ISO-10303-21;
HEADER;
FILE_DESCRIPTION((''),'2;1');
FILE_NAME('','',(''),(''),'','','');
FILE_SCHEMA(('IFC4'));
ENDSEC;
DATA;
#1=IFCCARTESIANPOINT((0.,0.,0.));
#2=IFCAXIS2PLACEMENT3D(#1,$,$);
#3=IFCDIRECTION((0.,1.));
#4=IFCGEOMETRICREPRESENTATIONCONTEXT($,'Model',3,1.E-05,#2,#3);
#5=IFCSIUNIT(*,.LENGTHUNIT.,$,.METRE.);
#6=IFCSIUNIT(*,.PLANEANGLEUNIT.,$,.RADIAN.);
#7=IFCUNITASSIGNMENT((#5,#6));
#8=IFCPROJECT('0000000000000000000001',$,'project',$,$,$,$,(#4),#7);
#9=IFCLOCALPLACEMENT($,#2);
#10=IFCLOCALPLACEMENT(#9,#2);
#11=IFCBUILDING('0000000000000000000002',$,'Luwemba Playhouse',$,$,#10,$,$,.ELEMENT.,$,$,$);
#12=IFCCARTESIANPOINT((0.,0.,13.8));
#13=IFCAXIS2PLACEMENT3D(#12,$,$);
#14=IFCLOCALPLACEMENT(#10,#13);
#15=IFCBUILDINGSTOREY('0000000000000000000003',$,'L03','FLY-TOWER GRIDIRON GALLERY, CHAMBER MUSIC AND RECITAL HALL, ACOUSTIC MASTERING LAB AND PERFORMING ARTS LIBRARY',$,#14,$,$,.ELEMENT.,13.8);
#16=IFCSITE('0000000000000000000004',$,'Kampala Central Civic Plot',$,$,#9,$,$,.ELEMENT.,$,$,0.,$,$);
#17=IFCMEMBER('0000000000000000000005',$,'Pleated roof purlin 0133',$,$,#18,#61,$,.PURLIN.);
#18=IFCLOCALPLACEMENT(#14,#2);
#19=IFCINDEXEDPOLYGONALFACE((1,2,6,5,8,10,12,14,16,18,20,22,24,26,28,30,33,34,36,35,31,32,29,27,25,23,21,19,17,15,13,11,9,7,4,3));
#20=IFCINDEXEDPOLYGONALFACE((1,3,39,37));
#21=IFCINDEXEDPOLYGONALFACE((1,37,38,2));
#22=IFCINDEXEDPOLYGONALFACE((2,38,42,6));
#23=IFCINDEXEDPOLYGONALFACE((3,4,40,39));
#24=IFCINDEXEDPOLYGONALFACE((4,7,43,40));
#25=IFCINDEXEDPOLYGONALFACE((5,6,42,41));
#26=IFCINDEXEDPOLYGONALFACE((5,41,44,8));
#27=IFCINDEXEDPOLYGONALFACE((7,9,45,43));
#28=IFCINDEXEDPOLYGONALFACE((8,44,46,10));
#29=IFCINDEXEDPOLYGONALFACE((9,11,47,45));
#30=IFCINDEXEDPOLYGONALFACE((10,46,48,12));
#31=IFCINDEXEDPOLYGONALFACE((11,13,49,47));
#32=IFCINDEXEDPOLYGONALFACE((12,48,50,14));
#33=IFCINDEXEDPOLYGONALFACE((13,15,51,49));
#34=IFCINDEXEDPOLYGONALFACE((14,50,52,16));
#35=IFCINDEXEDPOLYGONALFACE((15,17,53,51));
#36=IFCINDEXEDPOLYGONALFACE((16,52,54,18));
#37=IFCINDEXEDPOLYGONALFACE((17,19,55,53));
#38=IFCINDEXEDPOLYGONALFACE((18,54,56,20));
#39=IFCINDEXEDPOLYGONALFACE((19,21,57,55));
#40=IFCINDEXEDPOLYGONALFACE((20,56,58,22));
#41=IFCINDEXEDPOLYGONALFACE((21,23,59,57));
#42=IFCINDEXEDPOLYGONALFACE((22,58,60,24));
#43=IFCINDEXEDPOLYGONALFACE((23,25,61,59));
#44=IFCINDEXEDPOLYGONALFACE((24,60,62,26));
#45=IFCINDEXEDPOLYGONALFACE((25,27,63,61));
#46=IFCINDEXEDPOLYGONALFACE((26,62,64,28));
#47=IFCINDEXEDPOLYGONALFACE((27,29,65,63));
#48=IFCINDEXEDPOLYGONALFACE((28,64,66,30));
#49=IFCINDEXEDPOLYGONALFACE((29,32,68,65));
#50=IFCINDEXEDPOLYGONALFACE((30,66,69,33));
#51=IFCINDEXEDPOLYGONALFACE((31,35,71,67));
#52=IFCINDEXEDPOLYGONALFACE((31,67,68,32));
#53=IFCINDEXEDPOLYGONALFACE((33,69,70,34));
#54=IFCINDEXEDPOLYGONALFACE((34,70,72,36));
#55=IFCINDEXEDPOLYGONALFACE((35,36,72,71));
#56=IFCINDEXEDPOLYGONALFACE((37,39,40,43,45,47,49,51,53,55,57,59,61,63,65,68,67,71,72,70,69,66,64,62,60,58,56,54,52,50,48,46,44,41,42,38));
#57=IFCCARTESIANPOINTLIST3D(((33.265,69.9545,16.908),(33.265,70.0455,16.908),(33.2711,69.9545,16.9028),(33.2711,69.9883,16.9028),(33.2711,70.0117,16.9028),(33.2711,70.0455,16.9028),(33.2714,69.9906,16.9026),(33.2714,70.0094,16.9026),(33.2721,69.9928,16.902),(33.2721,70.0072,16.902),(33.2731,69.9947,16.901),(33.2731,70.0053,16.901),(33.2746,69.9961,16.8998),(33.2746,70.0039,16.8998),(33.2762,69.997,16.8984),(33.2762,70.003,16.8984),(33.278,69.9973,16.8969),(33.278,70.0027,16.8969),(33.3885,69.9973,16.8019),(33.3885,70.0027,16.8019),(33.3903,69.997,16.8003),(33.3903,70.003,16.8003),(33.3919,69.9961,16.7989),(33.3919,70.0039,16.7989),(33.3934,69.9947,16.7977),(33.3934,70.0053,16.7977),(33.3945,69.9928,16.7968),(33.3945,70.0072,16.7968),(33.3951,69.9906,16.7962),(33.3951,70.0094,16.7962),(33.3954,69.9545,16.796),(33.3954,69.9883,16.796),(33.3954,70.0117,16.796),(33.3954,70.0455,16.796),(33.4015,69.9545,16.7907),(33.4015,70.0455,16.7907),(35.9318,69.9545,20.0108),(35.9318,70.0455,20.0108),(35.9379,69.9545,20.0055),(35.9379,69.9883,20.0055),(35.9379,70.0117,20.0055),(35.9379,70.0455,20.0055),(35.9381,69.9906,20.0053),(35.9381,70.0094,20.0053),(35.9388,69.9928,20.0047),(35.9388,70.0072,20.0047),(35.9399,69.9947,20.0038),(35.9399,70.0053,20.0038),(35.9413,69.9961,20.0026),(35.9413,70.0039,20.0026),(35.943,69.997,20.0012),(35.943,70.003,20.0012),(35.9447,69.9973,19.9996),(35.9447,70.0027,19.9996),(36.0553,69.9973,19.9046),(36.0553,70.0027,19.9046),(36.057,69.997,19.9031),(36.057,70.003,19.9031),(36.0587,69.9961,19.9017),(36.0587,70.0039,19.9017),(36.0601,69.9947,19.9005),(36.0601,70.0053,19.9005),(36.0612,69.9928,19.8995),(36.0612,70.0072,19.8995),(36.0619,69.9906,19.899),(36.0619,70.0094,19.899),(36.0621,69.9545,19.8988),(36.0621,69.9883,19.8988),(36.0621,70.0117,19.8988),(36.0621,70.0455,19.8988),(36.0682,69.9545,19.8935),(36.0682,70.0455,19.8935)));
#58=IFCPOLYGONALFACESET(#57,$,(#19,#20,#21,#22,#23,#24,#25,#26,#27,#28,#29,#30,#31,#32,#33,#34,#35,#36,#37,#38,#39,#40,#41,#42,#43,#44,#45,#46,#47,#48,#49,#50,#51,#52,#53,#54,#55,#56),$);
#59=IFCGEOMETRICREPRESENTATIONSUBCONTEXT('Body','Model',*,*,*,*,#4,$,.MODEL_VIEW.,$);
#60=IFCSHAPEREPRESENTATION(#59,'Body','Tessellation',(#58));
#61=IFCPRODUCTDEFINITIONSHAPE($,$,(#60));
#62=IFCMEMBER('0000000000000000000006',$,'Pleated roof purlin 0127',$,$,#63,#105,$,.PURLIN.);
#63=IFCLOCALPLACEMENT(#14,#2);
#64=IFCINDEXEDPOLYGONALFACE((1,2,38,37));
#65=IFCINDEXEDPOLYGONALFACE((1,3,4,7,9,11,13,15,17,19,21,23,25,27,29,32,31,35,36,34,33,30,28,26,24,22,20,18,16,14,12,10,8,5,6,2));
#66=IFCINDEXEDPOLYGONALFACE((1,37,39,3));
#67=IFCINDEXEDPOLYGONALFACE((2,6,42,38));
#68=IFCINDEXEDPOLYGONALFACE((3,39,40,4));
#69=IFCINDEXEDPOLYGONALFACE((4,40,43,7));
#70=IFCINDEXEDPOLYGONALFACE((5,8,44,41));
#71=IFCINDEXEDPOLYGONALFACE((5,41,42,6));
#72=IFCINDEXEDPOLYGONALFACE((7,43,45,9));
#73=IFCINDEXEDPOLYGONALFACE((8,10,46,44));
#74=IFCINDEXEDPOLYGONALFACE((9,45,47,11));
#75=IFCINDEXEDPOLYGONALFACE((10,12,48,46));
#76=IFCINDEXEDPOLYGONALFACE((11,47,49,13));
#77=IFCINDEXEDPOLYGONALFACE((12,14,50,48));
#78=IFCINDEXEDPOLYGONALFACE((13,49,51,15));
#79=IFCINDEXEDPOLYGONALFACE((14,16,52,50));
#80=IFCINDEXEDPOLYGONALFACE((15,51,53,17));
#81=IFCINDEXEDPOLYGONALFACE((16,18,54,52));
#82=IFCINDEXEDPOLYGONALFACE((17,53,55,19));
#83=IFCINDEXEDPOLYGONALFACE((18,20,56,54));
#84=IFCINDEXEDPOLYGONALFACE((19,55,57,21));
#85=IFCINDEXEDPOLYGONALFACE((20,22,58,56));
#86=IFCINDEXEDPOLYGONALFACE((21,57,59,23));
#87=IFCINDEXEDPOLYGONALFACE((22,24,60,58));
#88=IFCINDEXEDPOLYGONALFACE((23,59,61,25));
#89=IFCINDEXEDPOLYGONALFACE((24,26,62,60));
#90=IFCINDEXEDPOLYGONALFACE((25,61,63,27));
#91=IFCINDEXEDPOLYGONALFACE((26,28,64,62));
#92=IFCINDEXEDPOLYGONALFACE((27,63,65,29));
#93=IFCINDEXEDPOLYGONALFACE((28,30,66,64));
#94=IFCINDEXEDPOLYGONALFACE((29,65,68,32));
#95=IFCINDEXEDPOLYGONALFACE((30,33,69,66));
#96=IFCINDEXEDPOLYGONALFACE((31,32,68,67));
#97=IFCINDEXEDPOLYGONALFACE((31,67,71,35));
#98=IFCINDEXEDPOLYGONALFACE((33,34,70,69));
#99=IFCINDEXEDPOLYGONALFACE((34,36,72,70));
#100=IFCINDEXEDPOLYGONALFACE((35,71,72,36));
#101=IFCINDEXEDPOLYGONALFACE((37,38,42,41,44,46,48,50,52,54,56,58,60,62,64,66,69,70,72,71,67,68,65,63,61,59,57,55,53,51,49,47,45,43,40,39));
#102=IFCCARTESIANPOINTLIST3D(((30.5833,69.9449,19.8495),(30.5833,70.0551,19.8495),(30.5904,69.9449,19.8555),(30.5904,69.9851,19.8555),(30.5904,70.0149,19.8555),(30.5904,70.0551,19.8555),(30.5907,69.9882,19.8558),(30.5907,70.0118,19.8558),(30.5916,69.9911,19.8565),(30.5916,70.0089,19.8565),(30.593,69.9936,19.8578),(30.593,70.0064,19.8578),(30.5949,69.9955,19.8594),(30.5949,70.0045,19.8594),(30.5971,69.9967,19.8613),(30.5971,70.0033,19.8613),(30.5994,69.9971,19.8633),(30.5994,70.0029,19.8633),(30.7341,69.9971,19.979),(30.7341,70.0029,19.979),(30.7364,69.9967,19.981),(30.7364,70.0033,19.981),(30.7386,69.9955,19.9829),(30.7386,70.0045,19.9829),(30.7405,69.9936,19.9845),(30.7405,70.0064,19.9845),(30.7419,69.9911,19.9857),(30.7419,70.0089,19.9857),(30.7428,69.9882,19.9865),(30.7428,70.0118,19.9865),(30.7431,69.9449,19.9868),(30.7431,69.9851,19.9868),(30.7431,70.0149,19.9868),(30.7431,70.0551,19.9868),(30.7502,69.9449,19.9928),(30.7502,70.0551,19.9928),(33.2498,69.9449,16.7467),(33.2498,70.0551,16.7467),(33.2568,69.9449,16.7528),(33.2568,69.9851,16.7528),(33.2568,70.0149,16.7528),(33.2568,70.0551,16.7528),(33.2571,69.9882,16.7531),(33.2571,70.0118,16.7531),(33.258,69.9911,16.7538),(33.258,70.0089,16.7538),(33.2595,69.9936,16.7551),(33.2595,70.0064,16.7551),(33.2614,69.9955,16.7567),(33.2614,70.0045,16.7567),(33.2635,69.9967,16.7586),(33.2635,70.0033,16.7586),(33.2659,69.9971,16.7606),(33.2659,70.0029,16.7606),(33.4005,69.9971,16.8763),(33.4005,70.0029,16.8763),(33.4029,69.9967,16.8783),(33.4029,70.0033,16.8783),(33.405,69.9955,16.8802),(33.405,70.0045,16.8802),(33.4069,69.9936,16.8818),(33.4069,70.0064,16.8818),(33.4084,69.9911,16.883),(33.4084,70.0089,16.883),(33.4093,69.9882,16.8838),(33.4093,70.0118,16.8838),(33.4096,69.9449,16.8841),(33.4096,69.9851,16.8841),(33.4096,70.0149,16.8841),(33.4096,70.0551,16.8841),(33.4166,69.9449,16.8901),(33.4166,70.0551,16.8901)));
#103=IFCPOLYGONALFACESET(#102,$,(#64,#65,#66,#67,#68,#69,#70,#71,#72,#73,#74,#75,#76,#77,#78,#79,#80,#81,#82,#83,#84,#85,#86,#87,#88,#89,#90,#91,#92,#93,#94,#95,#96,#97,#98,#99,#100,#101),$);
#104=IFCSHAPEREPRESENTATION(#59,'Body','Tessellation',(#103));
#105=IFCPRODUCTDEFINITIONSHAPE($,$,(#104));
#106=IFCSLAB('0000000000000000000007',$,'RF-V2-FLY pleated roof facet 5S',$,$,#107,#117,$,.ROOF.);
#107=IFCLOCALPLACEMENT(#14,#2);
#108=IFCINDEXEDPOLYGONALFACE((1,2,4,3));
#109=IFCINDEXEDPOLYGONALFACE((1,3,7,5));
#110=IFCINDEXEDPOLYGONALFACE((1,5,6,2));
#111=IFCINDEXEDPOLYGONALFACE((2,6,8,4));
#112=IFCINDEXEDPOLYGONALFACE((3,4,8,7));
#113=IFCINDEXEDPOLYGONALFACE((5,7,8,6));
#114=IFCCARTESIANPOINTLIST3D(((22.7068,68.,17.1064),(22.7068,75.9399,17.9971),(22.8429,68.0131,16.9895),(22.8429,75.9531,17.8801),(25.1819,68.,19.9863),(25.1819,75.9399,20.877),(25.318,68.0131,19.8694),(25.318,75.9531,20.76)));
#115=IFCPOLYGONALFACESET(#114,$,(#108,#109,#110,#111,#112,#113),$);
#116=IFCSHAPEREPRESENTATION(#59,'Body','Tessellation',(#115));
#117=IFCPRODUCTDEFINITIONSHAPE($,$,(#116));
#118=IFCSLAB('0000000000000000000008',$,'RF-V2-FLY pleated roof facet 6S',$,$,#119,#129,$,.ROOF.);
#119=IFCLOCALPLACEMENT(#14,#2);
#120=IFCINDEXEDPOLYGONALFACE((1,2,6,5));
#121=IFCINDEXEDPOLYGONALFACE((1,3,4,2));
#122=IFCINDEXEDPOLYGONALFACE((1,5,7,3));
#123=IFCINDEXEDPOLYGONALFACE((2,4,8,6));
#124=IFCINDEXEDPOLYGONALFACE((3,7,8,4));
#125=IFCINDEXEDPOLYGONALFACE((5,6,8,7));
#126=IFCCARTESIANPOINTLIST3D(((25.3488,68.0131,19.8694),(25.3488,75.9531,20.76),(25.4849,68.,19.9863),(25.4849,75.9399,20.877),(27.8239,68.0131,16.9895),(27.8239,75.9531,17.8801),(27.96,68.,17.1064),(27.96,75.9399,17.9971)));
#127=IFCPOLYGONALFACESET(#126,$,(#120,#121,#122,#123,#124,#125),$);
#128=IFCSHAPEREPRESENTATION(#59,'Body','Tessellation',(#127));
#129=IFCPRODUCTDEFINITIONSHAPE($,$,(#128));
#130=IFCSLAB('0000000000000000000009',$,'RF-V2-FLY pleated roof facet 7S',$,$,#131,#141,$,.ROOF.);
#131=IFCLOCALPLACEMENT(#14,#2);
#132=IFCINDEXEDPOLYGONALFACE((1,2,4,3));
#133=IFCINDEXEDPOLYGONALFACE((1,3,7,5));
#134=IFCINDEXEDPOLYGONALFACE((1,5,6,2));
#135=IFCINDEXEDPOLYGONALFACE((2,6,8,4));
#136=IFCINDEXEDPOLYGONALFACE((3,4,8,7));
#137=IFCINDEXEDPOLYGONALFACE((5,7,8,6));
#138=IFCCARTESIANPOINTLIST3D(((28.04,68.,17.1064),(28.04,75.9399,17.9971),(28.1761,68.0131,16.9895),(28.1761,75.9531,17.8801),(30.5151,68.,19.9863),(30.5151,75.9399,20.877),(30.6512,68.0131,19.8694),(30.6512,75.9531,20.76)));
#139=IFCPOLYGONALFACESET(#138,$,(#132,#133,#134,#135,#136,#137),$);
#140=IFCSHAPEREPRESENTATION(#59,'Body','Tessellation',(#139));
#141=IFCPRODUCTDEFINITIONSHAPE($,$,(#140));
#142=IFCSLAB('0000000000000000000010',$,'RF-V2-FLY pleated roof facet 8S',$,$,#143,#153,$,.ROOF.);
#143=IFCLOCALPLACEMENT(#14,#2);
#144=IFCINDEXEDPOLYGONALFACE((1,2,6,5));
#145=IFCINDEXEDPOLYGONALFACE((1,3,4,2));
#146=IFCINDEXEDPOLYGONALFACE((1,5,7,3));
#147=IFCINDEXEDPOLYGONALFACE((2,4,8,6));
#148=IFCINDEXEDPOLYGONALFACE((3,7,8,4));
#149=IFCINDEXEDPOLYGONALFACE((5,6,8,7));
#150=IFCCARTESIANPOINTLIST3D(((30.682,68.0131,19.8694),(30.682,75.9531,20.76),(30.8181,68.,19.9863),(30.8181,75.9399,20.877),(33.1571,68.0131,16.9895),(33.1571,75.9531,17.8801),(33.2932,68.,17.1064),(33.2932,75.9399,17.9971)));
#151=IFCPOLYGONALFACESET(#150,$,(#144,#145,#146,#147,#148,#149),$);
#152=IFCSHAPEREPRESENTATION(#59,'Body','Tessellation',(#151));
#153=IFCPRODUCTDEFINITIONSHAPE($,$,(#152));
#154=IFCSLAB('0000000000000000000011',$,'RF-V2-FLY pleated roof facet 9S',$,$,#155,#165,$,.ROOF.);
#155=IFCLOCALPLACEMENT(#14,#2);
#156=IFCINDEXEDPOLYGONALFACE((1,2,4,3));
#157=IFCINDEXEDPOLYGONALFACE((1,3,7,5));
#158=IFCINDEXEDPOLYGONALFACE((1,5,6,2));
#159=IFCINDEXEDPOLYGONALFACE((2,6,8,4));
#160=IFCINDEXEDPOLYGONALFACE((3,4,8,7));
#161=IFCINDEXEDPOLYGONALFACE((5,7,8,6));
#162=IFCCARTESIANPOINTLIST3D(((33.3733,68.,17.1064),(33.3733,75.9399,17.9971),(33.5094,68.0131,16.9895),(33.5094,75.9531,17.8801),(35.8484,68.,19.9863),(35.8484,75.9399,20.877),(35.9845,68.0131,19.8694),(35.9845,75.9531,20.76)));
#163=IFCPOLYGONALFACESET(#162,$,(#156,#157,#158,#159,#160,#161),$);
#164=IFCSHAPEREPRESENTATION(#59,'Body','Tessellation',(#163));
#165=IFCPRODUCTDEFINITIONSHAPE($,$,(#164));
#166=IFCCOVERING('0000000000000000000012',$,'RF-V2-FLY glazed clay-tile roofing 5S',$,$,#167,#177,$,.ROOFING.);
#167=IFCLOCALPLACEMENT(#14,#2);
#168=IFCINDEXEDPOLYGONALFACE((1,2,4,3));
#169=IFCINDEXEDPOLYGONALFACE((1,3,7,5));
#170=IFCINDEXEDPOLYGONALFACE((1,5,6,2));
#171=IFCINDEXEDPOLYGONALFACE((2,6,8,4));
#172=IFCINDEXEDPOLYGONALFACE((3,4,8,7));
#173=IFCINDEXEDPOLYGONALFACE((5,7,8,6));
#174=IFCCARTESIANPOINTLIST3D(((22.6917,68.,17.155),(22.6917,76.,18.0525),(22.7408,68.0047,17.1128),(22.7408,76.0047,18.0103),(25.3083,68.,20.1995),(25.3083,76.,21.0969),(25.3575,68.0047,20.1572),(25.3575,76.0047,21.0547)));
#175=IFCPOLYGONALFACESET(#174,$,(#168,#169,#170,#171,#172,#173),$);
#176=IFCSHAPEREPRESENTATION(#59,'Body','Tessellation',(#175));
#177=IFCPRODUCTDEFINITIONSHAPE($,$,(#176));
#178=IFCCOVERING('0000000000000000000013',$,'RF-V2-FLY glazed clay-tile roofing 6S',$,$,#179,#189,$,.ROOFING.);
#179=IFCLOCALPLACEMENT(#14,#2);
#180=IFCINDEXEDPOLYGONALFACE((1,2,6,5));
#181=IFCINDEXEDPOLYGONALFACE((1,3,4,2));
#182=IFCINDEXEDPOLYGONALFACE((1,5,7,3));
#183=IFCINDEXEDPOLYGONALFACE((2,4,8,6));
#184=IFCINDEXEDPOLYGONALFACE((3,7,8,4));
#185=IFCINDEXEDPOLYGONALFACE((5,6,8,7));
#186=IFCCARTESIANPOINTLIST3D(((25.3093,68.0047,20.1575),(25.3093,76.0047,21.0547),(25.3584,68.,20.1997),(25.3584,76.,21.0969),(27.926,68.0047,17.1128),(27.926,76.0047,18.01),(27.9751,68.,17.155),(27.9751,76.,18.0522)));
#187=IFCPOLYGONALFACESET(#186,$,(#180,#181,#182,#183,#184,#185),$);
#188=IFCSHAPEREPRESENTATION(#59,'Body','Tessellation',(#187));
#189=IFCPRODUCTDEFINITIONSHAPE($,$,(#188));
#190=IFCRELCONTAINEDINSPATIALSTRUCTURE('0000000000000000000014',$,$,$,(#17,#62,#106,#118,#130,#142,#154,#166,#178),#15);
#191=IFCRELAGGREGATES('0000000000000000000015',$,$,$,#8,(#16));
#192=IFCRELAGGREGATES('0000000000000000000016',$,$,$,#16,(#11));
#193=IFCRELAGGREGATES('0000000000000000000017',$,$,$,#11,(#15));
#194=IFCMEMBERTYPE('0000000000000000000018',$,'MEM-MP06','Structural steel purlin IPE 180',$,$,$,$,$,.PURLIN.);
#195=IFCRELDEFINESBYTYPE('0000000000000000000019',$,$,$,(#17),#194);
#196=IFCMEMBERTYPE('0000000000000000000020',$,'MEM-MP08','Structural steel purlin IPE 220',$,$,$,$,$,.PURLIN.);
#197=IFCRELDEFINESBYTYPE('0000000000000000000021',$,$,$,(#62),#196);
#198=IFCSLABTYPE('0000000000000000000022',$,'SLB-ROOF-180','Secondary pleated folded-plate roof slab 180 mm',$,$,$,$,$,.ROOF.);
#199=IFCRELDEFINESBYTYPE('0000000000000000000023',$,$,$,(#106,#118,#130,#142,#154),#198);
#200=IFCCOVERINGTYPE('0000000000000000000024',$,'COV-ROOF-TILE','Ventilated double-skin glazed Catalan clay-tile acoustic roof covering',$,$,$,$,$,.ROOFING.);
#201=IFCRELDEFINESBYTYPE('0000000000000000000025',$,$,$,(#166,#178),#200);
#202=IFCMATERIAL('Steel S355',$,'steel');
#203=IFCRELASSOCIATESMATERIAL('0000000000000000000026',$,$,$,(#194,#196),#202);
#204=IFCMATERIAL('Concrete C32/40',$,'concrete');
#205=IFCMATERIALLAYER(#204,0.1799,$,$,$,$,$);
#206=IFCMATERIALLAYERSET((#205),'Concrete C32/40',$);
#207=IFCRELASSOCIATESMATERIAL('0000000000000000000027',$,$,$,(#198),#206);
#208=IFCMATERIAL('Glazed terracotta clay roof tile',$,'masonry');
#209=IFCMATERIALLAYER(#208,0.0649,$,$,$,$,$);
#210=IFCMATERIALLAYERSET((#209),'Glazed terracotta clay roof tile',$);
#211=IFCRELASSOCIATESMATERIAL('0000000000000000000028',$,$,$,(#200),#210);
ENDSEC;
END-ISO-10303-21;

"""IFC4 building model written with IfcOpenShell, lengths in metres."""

from ifc_helpers import new_model, si_unit, direction, frame, origin, origin_2d, place, context, subcontext, project, spatial, polyline, i_section, outline, extrude, material, layer, layer_set, material_profile, profile_set, type_object, element, save


model = new_model("IFC4")

# Units and contexts
model_context = context("Model", 3, precision=1e-05, world=origin(), true_north=direction((0.0, 1.0)))
body_context = subcontext(model_context, "Body", "Model", "MODEL_VIEW")
ifc_project = project(units=[si_unit("LENGTHUNIT", "METRE"), si_unit("PLANEANGLEUNIT", "RADIAN")], contexts=[model_context])

# Site, building, storey
site_placement = place(None, origin())
site = spatial("IfcSite", under=ifc_project, at=site_placement, Name="Kampala Central Civic Plot", CompositionType="ELEMENT", RefElevation=0.0)
building_placement = place(site_placement, origin())
building = spatial("IfcBuilding", under=site, at=building_placement, Name="Luwemba Playhouse", CompositionType="ELEMENT")
storey_placement = place(building_placement, frame((0.0, 0.0, 13.8)))
storey = spatial("IfcBuildingStorey", under=building, at=storey_placement, Name="L03", Description="FLY-TOWER GRIDIRON GALLERY, CHAMBER MUSIC AND RECITAL HALL, ACOUSTIC MASTERING LAB AND PERFORMING ARTS LIBRARY", CompositionType="ELEMENT", Elevation=13.8)

# Shared definitions
ifc_material_1 = material(Name="Steel S355", Category="steel")

# Members
ifc_material_profile_1 = material_profile(ifc_material_1, i_section(OverallWidth=0.0911, OverallDepth=0.1799, WebThickness=0.0054, FlangeThickness=0.0081, FilletRadius=0.009, at=origin_2d()))
ifc_profile_set_1 = profile_set([ifc_material_profile_1], Name="Steel S355")
member_type_1 = type_object("IfcMemberType", Name="MEM-MP06", Description="Structural steel purlin IPE 180", PredefinedType="PURLIN", material=ifc_profile_set_1)
member_1_placement = place(storey_placement, frame((33.3333, 70.0, 16.8494), z_axis=(0.651808, 0.0, 0.758384), x_axis=(0.0, 1.0, 0.0)))
element("IfcMember", 1, at=member_1_placement, inside=storey, type_object=member_type_1, Name="Pleated roof purlin 0133", PredefinedType="PURLIN", context=body_context, shape_type="SweptSolid", body=[
    extrude(i_section(OverallWidth=0.0911, OverallDepth=0.1799, WebThickness=0.0054, FlangeThickness=0.0081, FilletRadius=0.009, at=origin_2d()), origin(), (0.0, 0.0, 1.0), 4.0913),
])
ifc_material_profile_2 = material_profile(ifc_material_1, i_section(OverallWidth=0.1101, OverallDepth=0.22, WebThickness=0.0059, FlangeThickness=0.0093, FilletRadius=0.012, at=origin_2d()))
ifc_profile_set_2 = profile_set([ifc_material_profile_2], Name="Steel S355")
member_type_2 = type_object("IfcMemberType", Name="MEM-MP08", Description="Structural steel purlin IPE 220", PredefinedType="PURLIN", material=ifc_profile_set_2)
member_2_placement = place(storey_placement, frame((30.6667, 70.0, 19.9211), z_axis=(0.651774, 0.0, -0.758413), x_axis=(0.0, 1.0, 0.0)))
element("IfcMember", 2, at=member_2_placement, inside=storey, type_object=member_type_2, Name="Pleated roof purlin 0127", PredefinedType="PURLIN", context=body_context, shape_type="SweptSolid", body=[
    extrude(i_section(OverallWidth=0.1101, OverallDepth=0.22, WebThickness=0.0059, FlangeThickness=0.0093, FilletRadius=0.012, at=origin_2d()), origin(), (0.0, 0.0, 1.0), 4.0911),
])

# Slabs
ifc_material_2 = material(Name="Concrete C32/40", Category="concrete")
ifc_layer_1 = layer(ifc_material_2, 0.1799)
ifc_layer_set_1 = layer_set([ifc_layer_1], Name="Concrete C32/40")
slab_type = type_object("IfcSlabType", Name="SLB-ROOF-180", Description="Secondary pleated folded-plate roof slab 180 mm", PredefinedType="ROOF", material=ifc_layer_set_1)
slab_1_placement = place(storey_placement, frame((22.7068, 68.0, 17.1064), z_axis=(-0.756375, -0.072918, 0.650062), x_axis=(0.651797, 0.0, 0.758394)))
element("IfcSlab", 3, at=slab_1_placement, inside=storey, type_object=slab_type, Name="RF-V2-FLY pleated roof facet 5S", PredefinedType="ROOF", context=body_context, shape_type="SweptSolid", body=[
    extrude(outline(polyline([(0.0, 0.0), (3.7973, 0.0), (4.4728, 7.9611), (0.6754, 7.9611), (0.0, 0.0)])), origin(), (0.0, 0.0, -1.0), 0.1799),
])
slab_2_placement = place(storey_placement, frame((25.4849, 68.0, 19.9863), z_axis=(0.756375, -0.072918, 0.650062), x_axis=(0.651797, 0.0, -0.758394)))
element("IfcSlab", 4, at=slab_2_placement, inside=storey, type_object=slab_type, Name="RF-V2-FLY pleated roof facet 6S", PredefinedType="ROOF", context=body_context, shape_type="SweptSolid", body=[
    extrude(outline(polyline([(0.0, 0.0), (3.7973, 0.0), (3.1219, 7.9611), (-0.6754, 7.9611), (0.0, 0.0)])), origin(), (0.0, 0.0, -1.0), 0.1799),
])
slab_3_placement = place(storey_placement, frame((28.04, 68.0, 17.1064), z_axis=(-0.756375, -0.072918, 0.650062), x_axis=(0.651797, 0.0, 0.758394)))
element("IfcSlab", 5, at=slab_3_placement, inside=storey, type_object=slab_type, Name="RF-V2-FLY pleated roof facet 7S", PredefinedType="ROOF", context=body_context, shape_type="SweptSolid", body=[
    extrude(outline(polyline([(0.0, 0.0), (3.7973, 0.0), (4.4728, 7.9611), (0.6754, 7.9611), (0.0, 0.0)])), origin(), (0.0, 0.0, -1.0), 0.1799),
])
slab_4_placement = place(storey_placement, frame((30.8181, 68.0, 19.9863), z_axis=(0.756375, -0.072918, 0.650062), x_axis=(0.651797, 0.0, -0.758394)))
element("IfcSlab", 6, at=slab_4_placement, inside=storey, type_object=slab_type, Name="RF-V2-FLY pleated roof facet 8S", PredefinedType="ROOF", context=body_context, shape_type="SweptSolid", body=[
    extrude(outline(polyline([(0.0, 0.0), (3.7973, 0.0), (3.1219, 7.9611), (-0.6754, 7.9611), (0.0, 0.0)])), origin(), (0.0, 0.0, -1.0), 0.1799),
])
slab_5_placement = place(storey_placement, frame((33.3733, 68.0, 17.1064), z_axis=(-0.756375, -0.072918, 0.650062), x_axis=(0.651797, 0.0, 0.758394)))
element("IfcSlab", 7, at=slab_5_placement, inside=storey, type_object=slab_type, Name="RF-V2-FLY pleated roof facet 9S", PredefinedType="ROOF", context=body_context, shape_type="SweptSolid", body=[
    extrude(outline(polyline([(0.0, 0.0), (3.7973, 0.0), (4.4728, 7.9611), (0.6754, 7.9611), (0.0, 0.0)])), origin(), (0.0, 0.0, -1.0), 0.1799),
])

# Coverings
ifc_material_3 = material(Name="Glazed terracotta clay roof tile", Category="masonry")
ifc_layer_2 = layer(ifc_material_3, 0.0649)
ifc_layer_set_2 = layer_set([ifc_layer_2], Name="Glazed terracotta clay roof tile")
covering_type = type_object("IfcCoveringType", Name="COV-ROOF-TILE", Description="Ventilated double-skin glazed Catalan clay-tile acoustic roof covering", PredefinedType="ROOFING", material=ifc_layer_set_2)
covering_1_placement = place(storey_placement, frame((22.6917, 68.0, 17.155), z_axis=(-0.756352, -0.072928, 0.650087), x_axis=(0.651822, 0.0, 0.758372)))
element("IfcCovering", 8, at=covering_1_placement, inside=storey, type_object=covering_type, Name="RF-V2-FLY glazed clay-tile roofing 5S", PredefinedType="ROOFING", context=body_context, shape_type="SweptSolid", body=[
    extrude(outline(polyline([(0.0, 0.0), (4.0144, 0.0), (4.695, 8.0214), (0.6806, 8.0214), (0.0, 0.0)])), origin(), (0.0, 0.0, -1.0), 0.0649),
])
covering_2_placement = place(storey_placement, frame((25.3584, 68.0, 20.1997), z_axis=(0.756379, -0.072905, 0.650058), x_axis=(0.651792, 0.0, -0.758397)))
element("IfcCovering", 9, at=covering_2_placement, inside=storey, type_object=covering_type, Name="RF-V2-FLY glazed clay-tile roofing 6S", PredefinedType="ROOFING", context=body_context, shape_type="SweptSolid", body=[
    extrude(outline(polyline([(0.0, 0.0), (4.0146, 0.0), (3.3342, 8.0213), (-0.6804, 8.0213), (0.0, 0.0)])), origin(), (0.0, 0.0, -1.0), 0.0649),
])

save(model, "model.ifc")
